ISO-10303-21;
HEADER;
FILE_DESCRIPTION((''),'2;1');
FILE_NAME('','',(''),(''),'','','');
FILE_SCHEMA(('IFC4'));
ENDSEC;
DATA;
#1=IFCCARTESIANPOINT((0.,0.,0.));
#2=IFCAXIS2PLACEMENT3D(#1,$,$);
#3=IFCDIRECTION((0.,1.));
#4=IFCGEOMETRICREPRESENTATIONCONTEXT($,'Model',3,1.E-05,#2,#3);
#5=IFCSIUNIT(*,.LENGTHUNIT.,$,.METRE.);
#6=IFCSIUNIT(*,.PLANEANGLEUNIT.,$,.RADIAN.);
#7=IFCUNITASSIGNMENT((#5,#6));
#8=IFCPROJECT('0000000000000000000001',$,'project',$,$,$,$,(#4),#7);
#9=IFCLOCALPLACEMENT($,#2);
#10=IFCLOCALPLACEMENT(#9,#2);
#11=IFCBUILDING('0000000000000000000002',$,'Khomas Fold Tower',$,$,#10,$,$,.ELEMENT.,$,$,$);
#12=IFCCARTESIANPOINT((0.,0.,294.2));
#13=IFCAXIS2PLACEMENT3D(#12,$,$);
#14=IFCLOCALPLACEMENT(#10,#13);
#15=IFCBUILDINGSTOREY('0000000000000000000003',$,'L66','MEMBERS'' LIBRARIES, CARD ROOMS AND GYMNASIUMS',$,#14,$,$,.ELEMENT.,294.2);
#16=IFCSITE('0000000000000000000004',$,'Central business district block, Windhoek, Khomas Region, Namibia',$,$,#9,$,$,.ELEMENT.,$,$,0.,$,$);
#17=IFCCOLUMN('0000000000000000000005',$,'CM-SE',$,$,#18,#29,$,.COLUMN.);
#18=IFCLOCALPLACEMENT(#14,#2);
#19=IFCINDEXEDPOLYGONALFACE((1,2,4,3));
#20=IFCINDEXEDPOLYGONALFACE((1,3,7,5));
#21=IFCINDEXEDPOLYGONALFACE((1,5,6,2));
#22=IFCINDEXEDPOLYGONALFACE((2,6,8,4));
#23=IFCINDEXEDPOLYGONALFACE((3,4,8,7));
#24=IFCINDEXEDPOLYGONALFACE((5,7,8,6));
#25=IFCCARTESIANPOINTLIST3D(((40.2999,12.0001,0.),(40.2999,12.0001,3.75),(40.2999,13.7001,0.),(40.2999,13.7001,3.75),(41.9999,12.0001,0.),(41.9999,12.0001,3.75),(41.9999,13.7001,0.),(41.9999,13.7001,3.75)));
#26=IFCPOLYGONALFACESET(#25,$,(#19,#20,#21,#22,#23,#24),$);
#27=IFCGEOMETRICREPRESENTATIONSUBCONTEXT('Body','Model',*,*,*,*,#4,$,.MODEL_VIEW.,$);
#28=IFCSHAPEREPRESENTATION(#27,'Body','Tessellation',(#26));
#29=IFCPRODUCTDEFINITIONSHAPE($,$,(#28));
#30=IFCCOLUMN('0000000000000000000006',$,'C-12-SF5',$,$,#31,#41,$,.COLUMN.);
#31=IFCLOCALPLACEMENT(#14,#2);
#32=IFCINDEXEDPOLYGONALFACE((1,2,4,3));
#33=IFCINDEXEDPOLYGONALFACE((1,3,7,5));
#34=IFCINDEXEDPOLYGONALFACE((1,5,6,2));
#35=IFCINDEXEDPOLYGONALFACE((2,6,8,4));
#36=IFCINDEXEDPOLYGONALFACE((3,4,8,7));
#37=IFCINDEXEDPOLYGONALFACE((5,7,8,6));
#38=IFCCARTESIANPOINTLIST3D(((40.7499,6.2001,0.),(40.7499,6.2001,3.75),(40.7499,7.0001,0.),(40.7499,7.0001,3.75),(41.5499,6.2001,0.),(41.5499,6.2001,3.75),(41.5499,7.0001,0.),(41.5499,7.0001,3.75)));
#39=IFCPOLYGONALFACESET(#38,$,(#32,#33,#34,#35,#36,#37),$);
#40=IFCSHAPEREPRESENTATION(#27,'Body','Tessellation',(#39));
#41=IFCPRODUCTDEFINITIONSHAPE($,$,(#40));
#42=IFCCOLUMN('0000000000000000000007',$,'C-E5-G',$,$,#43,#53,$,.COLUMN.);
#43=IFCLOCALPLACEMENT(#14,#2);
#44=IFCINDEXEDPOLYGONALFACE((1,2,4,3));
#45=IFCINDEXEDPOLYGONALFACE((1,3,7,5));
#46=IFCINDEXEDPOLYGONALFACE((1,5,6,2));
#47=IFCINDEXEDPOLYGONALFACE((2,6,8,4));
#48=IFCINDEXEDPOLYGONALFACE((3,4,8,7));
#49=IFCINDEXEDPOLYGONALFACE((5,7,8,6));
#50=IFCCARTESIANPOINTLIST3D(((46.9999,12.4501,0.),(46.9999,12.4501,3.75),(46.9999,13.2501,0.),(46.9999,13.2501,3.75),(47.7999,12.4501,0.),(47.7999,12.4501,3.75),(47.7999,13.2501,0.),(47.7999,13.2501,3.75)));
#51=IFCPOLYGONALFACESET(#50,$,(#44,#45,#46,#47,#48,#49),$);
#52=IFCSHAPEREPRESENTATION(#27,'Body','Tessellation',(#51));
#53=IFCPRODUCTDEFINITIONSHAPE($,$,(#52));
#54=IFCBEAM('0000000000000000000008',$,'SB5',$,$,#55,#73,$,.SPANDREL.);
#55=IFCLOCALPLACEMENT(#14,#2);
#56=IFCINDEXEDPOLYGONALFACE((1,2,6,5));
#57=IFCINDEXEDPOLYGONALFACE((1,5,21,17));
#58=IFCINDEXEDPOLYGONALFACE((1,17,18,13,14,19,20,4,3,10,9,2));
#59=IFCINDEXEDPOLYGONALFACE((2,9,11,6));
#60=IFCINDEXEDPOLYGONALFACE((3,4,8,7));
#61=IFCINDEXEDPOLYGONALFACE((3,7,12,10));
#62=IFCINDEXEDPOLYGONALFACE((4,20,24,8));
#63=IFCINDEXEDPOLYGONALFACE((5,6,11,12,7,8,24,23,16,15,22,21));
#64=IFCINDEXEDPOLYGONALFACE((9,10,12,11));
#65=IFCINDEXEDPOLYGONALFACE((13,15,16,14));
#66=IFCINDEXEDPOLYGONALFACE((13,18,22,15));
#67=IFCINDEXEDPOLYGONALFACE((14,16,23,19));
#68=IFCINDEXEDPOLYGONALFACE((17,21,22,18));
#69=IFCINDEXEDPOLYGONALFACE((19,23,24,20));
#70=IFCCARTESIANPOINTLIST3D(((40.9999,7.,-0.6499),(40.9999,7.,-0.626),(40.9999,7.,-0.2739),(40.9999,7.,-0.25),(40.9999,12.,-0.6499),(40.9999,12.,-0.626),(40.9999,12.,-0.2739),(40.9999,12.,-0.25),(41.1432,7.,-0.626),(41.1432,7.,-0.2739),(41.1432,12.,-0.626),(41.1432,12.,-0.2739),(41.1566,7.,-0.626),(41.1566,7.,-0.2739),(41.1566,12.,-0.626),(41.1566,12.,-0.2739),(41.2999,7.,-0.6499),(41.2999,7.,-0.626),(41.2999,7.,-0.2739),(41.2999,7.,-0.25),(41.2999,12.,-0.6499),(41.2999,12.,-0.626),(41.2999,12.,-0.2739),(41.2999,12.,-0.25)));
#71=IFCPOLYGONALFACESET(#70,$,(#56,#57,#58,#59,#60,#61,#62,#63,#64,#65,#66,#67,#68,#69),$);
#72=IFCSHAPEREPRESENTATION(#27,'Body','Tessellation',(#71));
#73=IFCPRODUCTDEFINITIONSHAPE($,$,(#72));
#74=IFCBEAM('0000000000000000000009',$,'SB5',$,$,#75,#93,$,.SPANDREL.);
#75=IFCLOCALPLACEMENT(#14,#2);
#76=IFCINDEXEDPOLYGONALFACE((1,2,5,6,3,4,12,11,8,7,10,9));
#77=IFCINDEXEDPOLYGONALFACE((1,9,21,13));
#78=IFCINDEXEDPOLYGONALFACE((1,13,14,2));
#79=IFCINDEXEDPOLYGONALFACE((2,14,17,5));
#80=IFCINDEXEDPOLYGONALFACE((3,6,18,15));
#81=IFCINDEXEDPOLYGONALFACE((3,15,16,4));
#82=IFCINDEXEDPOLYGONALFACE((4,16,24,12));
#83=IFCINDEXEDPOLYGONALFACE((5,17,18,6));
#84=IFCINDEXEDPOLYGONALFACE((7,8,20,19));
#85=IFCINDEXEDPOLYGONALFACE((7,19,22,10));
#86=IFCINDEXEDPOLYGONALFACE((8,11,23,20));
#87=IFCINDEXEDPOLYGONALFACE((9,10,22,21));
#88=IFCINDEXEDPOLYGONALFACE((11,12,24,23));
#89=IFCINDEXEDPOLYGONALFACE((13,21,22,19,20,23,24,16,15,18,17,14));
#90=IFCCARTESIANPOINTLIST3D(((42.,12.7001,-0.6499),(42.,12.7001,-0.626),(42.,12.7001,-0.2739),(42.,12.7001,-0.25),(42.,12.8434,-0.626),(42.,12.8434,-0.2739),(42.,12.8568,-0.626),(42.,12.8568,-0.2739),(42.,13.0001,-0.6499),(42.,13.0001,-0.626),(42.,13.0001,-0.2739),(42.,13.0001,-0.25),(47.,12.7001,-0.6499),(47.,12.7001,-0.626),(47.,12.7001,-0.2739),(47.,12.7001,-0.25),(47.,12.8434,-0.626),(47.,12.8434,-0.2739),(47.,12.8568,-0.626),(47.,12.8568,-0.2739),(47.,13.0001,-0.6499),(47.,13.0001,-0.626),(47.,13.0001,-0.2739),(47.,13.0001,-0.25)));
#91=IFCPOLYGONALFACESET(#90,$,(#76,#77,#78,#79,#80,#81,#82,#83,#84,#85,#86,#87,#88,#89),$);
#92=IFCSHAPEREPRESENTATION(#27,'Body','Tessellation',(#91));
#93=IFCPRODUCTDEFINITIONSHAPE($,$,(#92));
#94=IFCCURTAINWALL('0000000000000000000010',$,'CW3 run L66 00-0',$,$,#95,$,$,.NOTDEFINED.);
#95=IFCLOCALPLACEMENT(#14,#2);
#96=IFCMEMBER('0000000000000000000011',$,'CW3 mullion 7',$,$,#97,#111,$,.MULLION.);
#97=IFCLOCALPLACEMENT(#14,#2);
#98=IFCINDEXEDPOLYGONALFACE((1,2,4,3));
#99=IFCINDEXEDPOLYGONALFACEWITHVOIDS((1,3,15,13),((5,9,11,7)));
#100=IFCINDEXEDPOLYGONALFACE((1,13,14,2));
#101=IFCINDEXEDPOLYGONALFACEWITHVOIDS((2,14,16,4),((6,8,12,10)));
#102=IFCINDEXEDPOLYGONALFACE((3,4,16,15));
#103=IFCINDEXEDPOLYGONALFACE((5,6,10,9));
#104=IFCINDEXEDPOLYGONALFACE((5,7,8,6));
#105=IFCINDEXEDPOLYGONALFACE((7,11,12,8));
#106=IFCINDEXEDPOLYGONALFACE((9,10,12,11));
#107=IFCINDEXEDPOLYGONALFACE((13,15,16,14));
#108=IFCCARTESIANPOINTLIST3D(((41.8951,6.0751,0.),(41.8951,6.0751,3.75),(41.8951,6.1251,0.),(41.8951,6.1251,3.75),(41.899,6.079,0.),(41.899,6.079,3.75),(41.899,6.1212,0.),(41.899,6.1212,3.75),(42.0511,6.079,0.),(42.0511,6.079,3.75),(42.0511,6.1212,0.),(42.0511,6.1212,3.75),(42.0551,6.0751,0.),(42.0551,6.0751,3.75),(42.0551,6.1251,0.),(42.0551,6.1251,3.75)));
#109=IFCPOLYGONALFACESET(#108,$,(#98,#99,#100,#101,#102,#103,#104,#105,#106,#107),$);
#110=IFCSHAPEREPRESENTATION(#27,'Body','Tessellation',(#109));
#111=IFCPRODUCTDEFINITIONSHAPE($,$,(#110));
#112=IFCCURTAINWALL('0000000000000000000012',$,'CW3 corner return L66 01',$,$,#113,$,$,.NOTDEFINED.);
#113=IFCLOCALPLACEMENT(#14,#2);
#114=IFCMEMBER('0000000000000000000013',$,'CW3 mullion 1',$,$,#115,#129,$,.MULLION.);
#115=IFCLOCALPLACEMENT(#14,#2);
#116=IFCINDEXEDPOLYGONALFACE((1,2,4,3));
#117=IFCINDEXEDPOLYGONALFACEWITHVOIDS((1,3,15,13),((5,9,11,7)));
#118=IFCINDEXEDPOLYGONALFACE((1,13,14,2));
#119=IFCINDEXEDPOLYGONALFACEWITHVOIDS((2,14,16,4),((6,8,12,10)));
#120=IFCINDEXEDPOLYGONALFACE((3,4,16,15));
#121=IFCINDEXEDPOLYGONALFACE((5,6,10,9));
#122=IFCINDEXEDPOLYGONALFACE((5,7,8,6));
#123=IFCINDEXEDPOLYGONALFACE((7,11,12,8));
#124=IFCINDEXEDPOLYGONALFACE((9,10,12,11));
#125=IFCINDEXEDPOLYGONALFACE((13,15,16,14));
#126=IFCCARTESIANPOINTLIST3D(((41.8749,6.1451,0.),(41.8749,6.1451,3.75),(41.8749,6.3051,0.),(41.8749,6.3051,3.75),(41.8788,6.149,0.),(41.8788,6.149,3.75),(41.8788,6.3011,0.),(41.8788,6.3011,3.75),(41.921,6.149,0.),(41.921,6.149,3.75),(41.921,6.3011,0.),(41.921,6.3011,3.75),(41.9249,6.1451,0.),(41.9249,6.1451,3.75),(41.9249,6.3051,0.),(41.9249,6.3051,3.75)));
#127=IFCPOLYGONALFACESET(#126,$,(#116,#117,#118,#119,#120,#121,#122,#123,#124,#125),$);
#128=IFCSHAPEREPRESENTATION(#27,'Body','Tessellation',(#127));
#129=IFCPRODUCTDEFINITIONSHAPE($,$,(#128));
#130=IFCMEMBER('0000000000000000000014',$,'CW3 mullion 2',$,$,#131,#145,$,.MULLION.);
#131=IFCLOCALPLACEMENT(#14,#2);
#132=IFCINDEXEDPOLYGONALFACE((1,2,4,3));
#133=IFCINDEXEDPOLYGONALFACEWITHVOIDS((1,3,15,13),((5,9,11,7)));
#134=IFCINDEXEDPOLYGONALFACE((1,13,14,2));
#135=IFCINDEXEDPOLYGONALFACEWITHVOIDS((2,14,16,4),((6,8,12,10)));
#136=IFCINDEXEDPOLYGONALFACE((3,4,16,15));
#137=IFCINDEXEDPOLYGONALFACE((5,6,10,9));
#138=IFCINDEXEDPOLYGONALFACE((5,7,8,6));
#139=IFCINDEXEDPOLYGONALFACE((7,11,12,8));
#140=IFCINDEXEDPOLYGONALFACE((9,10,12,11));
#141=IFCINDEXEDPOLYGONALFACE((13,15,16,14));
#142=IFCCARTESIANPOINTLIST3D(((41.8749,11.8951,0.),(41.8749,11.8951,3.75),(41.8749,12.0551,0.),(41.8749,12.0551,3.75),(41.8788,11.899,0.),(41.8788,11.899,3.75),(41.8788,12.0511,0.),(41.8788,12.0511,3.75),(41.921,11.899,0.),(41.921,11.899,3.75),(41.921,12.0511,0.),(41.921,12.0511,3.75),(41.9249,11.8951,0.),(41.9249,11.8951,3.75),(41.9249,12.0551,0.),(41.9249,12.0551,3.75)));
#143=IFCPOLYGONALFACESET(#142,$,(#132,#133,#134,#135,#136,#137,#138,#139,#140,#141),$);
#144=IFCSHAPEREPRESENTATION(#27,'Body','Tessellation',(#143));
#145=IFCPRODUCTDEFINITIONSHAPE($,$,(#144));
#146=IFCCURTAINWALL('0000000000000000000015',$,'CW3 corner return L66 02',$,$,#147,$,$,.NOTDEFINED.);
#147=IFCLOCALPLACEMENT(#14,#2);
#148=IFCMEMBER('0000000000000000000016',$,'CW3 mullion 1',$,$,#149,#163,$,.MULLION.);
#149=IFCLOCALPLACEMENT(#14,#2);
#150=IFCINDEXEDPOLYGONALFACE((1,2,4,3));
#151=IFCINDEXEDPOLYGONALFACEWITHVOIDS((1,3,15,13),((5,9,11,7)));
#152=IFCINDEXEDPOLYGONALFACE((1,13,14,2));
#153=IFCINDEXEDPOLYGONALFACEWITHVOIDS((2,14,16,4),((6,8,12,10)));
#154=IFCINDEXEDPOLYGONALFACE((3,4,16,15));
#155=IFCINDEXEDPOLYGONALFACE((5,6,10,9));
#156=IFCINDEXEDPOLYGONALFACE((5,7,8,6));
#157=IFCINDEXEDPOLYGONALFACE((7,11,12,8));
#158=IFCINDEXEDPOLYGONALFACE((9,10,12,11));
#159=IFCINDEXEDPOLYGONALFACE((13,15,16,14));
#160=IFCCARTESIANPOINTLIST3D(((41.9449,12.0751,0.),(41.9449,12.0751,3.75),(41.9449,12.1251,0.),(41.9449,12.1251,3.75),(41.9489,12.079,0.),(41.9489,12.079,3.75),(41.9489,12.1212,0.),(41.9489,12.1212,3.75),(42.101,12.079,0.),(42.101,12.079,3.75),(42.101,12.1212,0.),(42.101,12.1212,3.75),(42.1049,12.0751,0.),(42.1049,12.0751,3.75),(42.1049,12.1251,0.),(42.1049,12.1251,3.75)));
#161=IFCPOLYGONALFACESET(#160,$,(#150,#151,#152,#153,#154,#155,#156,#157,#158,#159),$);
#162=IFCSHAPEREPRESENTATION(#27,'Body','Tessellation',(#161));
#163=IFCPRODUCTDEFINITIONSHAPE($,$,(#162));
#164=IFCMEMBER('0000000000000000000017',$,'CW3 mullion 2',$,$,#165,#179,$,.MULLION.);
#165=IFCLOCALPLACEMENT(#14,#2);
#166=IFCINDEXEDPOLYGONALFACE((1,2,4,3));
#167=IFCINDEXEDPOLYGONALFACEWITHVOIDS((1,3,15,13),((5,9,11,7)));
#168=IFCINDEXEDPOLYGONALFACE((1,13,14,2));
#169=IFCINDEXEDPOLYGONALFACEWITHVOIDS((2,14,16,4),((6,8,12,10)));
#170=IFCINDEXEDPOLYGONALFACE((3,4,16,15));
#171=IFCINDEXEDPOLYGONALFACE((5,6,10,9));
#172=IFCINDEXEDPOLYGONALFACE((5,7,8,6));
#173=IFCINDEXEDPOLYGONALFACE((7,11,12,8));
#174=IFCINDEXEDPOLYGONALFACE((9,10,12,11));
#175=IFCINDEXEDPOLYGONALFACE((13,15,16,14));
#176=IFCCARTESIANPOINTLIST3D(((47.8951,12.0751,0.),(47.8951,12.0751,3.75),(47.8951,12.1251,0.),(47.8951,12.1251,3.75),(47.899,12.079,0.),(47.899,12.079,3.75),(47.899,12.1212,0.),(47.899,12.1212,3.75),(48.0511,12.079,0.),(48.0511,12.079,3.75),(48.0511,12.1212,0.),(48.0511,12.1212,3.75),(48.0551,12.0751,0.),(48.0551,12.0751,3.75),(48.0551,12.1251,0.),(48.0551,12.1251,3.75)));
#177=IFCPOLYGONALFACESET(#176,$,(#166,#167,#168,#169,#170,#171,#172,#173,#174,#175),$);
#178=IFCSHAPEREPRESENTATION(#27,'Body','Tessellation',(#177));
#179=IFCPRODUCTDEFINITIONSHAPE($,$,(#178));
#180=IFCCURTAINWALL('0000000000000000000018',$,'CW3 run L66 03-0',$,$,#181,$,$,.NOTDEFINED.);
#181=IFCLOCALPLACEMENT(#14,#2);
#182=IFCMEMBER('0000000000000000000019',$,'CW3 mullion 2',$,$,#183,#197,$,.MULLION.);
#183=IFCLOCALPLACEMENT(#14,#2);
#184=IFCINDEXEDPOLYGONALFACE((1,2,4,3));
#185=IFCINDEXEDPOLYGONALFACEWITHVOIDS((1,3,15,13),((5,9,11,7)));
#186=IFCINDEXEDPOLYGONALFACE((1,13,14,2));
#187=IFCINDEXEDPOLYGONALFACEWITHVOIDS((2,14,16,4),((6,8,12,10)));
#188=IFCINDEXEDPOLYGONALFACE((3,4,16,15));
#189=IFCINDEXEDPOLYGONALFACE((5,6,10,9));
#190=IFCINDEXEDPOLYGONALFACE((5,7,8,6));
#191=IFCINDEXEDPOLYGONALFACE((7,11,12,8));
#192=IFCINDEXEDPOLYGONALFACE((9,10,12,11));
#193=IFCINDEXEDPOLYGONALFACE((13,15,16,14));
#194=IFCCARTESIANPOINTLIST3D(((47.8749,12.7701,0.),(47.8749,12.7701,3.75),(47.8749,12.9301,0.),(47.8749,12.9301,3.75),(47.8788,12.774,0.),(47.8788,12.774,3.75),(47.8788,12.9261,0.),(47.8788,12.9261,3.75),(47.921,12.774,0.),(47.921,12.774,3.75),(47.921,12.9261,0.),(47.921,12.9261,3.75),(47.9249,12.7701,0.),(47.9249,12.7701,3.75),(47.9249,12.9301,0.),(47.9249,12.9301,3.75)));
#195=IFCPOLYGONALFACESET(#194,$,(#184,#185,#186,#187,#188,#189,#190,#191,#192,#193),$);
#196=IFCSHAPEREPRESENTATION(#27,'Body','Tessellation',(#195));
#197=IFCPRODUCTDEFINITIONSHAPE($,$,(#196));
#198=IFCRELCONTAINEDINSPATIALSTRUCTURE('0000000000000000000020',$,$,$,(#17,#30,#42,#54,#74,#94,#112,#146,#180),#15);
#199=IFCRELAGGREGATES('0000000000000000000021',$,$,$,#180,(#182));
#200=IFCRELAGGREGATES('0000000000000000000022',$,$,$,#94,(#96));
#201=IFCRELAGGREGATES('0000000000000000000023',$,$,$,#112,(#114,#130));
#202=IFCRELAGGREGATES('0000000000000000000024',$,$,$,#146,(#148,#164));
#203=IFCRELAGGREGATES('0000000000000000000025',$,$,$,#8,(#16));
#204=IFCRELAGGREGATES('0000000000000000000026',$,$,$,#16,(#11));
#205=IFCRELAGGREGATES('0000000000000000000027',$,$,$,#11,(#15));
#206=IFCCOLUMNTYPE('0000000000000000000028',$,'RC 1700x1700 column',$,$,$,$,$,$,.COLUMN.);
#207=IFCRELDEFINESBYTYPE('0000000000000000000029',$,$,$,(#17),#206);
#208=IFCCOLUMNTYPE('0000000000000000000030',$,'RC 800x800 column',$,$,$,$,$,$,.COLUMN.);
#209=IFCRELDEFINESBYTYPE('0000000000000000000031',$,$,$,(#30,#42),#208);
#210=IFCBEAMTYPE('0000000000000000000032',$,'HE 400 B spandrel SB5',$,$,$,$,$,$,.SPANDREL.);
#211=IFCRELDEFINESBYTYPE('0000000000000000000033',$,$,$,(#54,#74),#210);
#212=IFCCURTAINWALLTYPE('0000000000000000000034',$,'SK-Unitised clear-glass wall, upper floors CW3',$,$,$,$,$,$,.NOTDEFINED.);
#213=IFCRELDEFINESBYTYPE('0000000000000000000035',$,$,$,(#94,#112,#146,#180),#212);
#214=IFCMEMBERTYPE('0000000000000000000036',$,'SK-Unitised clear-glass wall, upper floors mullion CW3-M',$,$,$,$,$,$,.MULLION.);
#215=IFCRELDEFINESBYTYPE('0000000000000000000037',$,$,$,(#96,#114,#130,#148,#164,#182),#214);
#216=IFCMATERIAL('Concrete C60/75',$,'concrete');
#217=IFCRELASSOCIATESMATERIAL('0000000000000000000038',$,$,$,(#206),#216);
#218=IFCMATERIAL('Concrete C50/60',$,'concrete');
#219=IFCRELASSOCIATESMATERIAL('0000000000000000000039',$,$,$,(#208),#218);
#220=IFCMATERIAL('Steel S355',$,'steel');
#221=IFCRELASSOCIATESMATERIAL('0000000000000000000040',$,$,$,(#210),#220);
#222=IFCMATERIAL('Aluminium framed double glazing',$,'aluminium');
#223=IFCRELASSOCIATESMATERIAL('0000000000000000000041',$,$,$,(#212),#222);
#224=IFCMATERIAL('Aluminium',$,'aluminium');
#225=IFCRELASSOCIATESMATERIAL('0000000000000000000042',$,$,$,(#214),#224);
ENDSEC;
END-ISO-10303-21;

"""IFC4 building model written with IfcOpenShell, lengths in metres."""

from ifc_helpers import new_model, si_unit, direction, frame, origin, origin_2d, place, context, subcontext, project, spatial, rectangle, hollow_rectangle, i_section, extrude, source, transform, mapped, material, material_profile, profile_set, type_object, element, aggregate, save


model = new_model("IFC4")

# Units and contexts
model_context = context("Model", 3, precision=1e-05, world=origin(), true_north=direction((0.0, 1.0)))
body_context = subcontext(model_context, "Body", "Model", "MODEL_VIEW")
ifc_project = project(units=[si_unit("LENGTHUNIT", "METRE"), si_unit("PLANEANGLEUNIT", "RADIAN")], contexts=[model_context])

# Site, building, storey
site_placement = place(None, origin())
site = spatial("IfcSite", under=ifc_project, at=site_placement, Name="Central business district block, Windhoek, Khomas Region, Namibia", CompositionType="ELEMENT", RefElevation=0.0)
building_placement = place(site_placement, origin())
building = spatial("IfcBuilding", under=site, at=building_placement, Name="Khomas Fold Tower", CompositionType="ELEMENT")
storey_placement = place(building_placement, frame((0.0, 0.0, 294.2)))
storey = spatial("IfcBuildingStorey", under=building, at=storey_placement, Name="L66", Description="MEMBERS' LIBRARIES, CARD ROOMS AND GYMNASIUMS", CompositionType="ELEMENT", Elevation=294.2)

# Columns
ifc_material_1 = material(Name="Concrete C60/75", Category="concrete")
ifc_material_profile_1 = material_profile(ifc_material_1, rectangle(XDim=1.7, YDim=1.7, at=origin_2d()), Name="RC 1700x1700")
ifc_profile_set_1 = profile_set([ifc_material_profile_1], Name="Concrete C60/75")
column_type_1 = type_object("IfcColumnType", Name="RC 1700x1700 column", PredefinedType="COLUMN", material=ifc_profile_set_1)
shared_shape_1 = source(origin(), body_context, "Body", "SweptSolid", [
    extrude(rectangle(XDim=1.7, YDim=1.7, at=origin_2d()), origin(), (0.0, 0.0, 1.0), 3.75),
])
column_placement = place(storey_placement, frame((41.1499, 12.8501, 0.0), z_axis=(0.0, 0.0, 1.0), x_axis=(1.0, 0.0, 0.0)))
element("IfcColumn", 1, at=column_placement, inside=storey, type_object=column_type_1, Name="CM-SE", PredefinedType="COLUMN", context=body_context, shape_type="MappedRepresentation", body=[
    mapped(shared_shape_1, transform((0.0, 0.0, 0.0))),
])
ifc_material_2 = material(Name="Concrete C50/60", Category="concrete")
ifc_material_profile_2 = material_profile(ifc_material_2, rectangle(XDim=0.8, YDim=0.8, at=origin_2d()), Name="RC 800x800")
ifc_profile_set_2 = profile_set([ifc_material_profile_2], Name="Concrete C50/60")
column_type_2 = type_object("IfcColumnType", Name="RC 800x800 column", PredefinedType="COLUMN", material=ifc_profile_set_2)
shared_shape_2 = source(origin(), body_context, "Body", "SweptSolid", [
    extrude(rectangle(XDim=0.8, YDim=0.8, at=origin_2d()), origin(), (0.0, 0.0, 1.0), 3.75),
])
for number, where, z_axis, x_axis, name in (
    (2, (41.1499, 6.6001, 0.0), (0.0, 0.0, 1.0), (1.0, 0.0, 0.0), "C-12-SF5"),
    (3, (47.3999, 12.8501, 0.0), (0.0, 0.0, 1.0), (1.0, 0.0, 0.0), "C-E5-G"),
):
    element("IfcColumn", number, at=place(storey_placement, frame(where, z_axis=z_axis, x_axis=x_axis)), inside=storey, type_object=column_type_2, Name=name, PredefinedType="COLUMN", context=body_context, shape_type="MappedRepresentation", body=[
        mapped(shared_shape_2, transform((0.0, 0.0, 0.0))),
    ])

# Beams
ifc_material_3 = material(Name="Steel S355", Category="steel")
ifc_material_profile_3 = material_profile(ifc_material_3, i_section(OverallWidth=0.3, OverallDepth=0.3999, WebThickness=0.0134, FlangeThickness=0.0239, at=origin_2d()), Name="HE 400 B")
ifc_profile_set_3 = profile_set([ifc_material_profile_3], Name="Steel S355")
beam_type = type_object("IfcBeamType", Name="HE 400 B spandrel SB5", PredefinedType="SPANDREL", material=ifc_profile_set_3)
shared_shape_3 = source(origin(), body_context, "Body", "SweptSolid", [
    extrude(i_section(OverallWidth=0.3, OverallDepth=0.3999, WebThickness=0.0134, FlangeThickness=0.0239, at=origin_2d()), origin(), (0.0, 0.0, 1.0), 5.0),
])
for number, where, z_axis, x_axis, name in (
    (4, (41.1499, 7.0, -0.45), (0.0, 1.0, 0.0), (-1.0, 0.0, 0.0), "SB5"),
    (5, (42.0, 12.8501, -0.45), (1.0, 0.0, 0.0), (0.0, 1.0, 0.0), "SB5"),
):
    element("IfcBeam", number, at=place(storey_placement, frame(where, z_axis=z_axis, x_axis=x_axis)), inside=storey, type_object=beam_type, Name=name, PredefinedType="SPANDREL", context=body_context, shape_type="MappedRepresentation", body=[
        mapped(shared_shape_3, transform((0.0, 0.0, 0.0))),
    ])

# Curtain wall, member
ifc_material_4 = material(Name="Aluminium framed double glazing", Category="aluminium")
curtain_wall_type = type_object("IfcCurtainWallType", Name="SK-Unitised clear-glass wall, upper floors CW3", PredefinedType="NOTDEFINED", material=ifc_material_4)
curtain_wall_1_placement = place(storey_placement, origin())
curtain_wall_1 = element("IfcCurtainWall", 6, at=curtain_wall_1_placement, inside=storey, type_object=curtain_wall_type, Name="CW3 run L66 00-0", PredefinedType="NOTDEFINED")
ifc_material_5 = material(Name="Aluminium", Category="aluminium")
ifc_material_profile_4 = material_profile(ifc_material_5, hollow_rectangle(XDim=0.05, YDim=0.1599, WallThickness=0.0039, at=origin_2d()), Name="SK-Unitised clear-glass wall, upper floors mullion CW3-M")
ifc_profile_set_4 = profile_set([ifc_material_profile_4], Name="Aluminium")
member_type_1 = type_object("IfcMemberType", Name="SK-Unitised clear-glass wall, upper floors mullion CW3-M", PredefinedType="MULLION", material=ifc_profile_set_4)
shared_shape_4 = source(origin(), body_context, "Body", "SweptSolid", [
    extrude(hollow_rectangle(XDim=0.05, YDim=0.1599, WallThickness=0.0039, at=origin_2d()), origin(), (0.0, 0.0, 1.0), 3.75),
])
member_1_placement = place(storey_placement, frame((41.9751, 6.1001, 0.0), z_axis=(0.0, 0.0, 1.0), x_axis=(0.0, 1.0, 0.0)))
member_1 = element("IfcMember", 7, at=member_1_placement, type_object=member_type_1, Name="CW3 mullion 7", PredefinedType="MULLION", context=body_context, shape_type="MappedRepresentation", body=[
    mapped(shared_shape_4, transform((0.0, 0.0, 0.0))),
])

# Curtain walls, members
curtain_wall_2_placement = place(storey_placement, origin())
curtain_wall_2 = element("IfcCurtainWall", 8, at=curtain_wall_2_placement, inside=storey, type_object=curtain_wall_type, Name="CW3 corner return L66 01", PredefinedType="NOTDEFINED")
member_2_placement = place(storey_placement, frame((41.8999, 6.2251, 0.0), z_axis=(0.0, 0.0, 1.0), x_axis=(-1.0, 0.0, 0.0)))
member_2 = element("IfcMember", 9, at=member_2_placement, type_object=member_type_1, Name="CW3 mullion 1", PredefinedType="MULLION", context=body_context, shape_type="MappedRepresentation", body=[
    mapped(shared_shape_4, transform((0.0, 0.0, 0.0))),
])
member_3_placement = place(storey_placement, frame((41.8999, 11.9751, 0.0), z_axis=(0.0, 0.0, 1.0), x_axis=(-1.0, 0.0, 0.0)))
member_3 = element("IfcMember", 10, at=member_3_placement, type_object=member_type_1, Name="CW3 mullion 2", PredefinedType="MULLION", context=body_context, shape_type="MappedRepresentation", body=[
    mapped(shared_shape_4, transform((0.0, 0.0, 0.0))),
])
curtain_wall_3_placement = place(storey_placement, origin())
curtain_wall_3 = element("IfcCurtainWall", 11, at=curtain_wall_3_placement, inside=storey, type_object=curtain_wall_type, Name="CW3 corner return L66 02", PredefinedType="NOTDEFINED")
member_4_placement = place(storey_placement, frame((42.0249, 12.1001, 0.0), z_axis=(0.0, 0.0, 1.0), x_axis=(0.0, 1.0, 0.0)))
member_4 = element("IfcMember", 12, at=member_4_placement, type_object=member_type_1, Name="CW3 mullion 1", PredefinedType="MULLION", context=body_context, shape_type="MappedRepresentation", body=[
    mapped(shared_shape_4, transform((0.0, 0.0, 0.0))),
])
member_5_placement = place(storey_placement, frame((47.9751, 12.1001, 0.0), z_axis=(0.0, 0.0, 1.0), x_axis=(0.0, 1.0, 0.0)))
member_5 = element("IfcMember", 13, at=member_5_placement, type_object=member_type_1, Name="CW3 mullion 2", PredefinedType="MULLION", context=body_context, shape_type="MappedRepresentation", body=[
    mapped(shared_shape_4, transform((0.0, 0.0, 0.0))),
])
curtain_wall_4_placement = place(storey_placement, origin())
curtain_wall_4 = element("IfcCurtainWall", 14, at=curtain_wall_4_placement, inside=storey, type_object=curtain_wall_type, Name="CW3 run L66 03-0", PredefinedType="NOTDEFINED")
member_6_placement = place(storey_placement, frame((47.8999, 12.8501, 0.0), z_axis=(0.0, 0.0, 1.0), x_axis=(-1.0, 0.0, 0.0)))
member_6 = element("IfcMember", 15, at=member_6_placement, type_object=member_type_1, Name="CW3 mullion 2", PredefinedType="MULLION", context=body_context, shape_type="MappedRepresentation", body=[
    mapped(shared_shape_4, transform((0.0, 0.0, 0.0))),
])

aggregate(curtain_wall_4, [member_6])
aggregate(curtain_wall_1, [member_1])
aggregate(curtain_wall_2, [member_2, member_3])
aggregate(curtain_wall_3, [member_4, member_5])

save(model, "model.ifc")
